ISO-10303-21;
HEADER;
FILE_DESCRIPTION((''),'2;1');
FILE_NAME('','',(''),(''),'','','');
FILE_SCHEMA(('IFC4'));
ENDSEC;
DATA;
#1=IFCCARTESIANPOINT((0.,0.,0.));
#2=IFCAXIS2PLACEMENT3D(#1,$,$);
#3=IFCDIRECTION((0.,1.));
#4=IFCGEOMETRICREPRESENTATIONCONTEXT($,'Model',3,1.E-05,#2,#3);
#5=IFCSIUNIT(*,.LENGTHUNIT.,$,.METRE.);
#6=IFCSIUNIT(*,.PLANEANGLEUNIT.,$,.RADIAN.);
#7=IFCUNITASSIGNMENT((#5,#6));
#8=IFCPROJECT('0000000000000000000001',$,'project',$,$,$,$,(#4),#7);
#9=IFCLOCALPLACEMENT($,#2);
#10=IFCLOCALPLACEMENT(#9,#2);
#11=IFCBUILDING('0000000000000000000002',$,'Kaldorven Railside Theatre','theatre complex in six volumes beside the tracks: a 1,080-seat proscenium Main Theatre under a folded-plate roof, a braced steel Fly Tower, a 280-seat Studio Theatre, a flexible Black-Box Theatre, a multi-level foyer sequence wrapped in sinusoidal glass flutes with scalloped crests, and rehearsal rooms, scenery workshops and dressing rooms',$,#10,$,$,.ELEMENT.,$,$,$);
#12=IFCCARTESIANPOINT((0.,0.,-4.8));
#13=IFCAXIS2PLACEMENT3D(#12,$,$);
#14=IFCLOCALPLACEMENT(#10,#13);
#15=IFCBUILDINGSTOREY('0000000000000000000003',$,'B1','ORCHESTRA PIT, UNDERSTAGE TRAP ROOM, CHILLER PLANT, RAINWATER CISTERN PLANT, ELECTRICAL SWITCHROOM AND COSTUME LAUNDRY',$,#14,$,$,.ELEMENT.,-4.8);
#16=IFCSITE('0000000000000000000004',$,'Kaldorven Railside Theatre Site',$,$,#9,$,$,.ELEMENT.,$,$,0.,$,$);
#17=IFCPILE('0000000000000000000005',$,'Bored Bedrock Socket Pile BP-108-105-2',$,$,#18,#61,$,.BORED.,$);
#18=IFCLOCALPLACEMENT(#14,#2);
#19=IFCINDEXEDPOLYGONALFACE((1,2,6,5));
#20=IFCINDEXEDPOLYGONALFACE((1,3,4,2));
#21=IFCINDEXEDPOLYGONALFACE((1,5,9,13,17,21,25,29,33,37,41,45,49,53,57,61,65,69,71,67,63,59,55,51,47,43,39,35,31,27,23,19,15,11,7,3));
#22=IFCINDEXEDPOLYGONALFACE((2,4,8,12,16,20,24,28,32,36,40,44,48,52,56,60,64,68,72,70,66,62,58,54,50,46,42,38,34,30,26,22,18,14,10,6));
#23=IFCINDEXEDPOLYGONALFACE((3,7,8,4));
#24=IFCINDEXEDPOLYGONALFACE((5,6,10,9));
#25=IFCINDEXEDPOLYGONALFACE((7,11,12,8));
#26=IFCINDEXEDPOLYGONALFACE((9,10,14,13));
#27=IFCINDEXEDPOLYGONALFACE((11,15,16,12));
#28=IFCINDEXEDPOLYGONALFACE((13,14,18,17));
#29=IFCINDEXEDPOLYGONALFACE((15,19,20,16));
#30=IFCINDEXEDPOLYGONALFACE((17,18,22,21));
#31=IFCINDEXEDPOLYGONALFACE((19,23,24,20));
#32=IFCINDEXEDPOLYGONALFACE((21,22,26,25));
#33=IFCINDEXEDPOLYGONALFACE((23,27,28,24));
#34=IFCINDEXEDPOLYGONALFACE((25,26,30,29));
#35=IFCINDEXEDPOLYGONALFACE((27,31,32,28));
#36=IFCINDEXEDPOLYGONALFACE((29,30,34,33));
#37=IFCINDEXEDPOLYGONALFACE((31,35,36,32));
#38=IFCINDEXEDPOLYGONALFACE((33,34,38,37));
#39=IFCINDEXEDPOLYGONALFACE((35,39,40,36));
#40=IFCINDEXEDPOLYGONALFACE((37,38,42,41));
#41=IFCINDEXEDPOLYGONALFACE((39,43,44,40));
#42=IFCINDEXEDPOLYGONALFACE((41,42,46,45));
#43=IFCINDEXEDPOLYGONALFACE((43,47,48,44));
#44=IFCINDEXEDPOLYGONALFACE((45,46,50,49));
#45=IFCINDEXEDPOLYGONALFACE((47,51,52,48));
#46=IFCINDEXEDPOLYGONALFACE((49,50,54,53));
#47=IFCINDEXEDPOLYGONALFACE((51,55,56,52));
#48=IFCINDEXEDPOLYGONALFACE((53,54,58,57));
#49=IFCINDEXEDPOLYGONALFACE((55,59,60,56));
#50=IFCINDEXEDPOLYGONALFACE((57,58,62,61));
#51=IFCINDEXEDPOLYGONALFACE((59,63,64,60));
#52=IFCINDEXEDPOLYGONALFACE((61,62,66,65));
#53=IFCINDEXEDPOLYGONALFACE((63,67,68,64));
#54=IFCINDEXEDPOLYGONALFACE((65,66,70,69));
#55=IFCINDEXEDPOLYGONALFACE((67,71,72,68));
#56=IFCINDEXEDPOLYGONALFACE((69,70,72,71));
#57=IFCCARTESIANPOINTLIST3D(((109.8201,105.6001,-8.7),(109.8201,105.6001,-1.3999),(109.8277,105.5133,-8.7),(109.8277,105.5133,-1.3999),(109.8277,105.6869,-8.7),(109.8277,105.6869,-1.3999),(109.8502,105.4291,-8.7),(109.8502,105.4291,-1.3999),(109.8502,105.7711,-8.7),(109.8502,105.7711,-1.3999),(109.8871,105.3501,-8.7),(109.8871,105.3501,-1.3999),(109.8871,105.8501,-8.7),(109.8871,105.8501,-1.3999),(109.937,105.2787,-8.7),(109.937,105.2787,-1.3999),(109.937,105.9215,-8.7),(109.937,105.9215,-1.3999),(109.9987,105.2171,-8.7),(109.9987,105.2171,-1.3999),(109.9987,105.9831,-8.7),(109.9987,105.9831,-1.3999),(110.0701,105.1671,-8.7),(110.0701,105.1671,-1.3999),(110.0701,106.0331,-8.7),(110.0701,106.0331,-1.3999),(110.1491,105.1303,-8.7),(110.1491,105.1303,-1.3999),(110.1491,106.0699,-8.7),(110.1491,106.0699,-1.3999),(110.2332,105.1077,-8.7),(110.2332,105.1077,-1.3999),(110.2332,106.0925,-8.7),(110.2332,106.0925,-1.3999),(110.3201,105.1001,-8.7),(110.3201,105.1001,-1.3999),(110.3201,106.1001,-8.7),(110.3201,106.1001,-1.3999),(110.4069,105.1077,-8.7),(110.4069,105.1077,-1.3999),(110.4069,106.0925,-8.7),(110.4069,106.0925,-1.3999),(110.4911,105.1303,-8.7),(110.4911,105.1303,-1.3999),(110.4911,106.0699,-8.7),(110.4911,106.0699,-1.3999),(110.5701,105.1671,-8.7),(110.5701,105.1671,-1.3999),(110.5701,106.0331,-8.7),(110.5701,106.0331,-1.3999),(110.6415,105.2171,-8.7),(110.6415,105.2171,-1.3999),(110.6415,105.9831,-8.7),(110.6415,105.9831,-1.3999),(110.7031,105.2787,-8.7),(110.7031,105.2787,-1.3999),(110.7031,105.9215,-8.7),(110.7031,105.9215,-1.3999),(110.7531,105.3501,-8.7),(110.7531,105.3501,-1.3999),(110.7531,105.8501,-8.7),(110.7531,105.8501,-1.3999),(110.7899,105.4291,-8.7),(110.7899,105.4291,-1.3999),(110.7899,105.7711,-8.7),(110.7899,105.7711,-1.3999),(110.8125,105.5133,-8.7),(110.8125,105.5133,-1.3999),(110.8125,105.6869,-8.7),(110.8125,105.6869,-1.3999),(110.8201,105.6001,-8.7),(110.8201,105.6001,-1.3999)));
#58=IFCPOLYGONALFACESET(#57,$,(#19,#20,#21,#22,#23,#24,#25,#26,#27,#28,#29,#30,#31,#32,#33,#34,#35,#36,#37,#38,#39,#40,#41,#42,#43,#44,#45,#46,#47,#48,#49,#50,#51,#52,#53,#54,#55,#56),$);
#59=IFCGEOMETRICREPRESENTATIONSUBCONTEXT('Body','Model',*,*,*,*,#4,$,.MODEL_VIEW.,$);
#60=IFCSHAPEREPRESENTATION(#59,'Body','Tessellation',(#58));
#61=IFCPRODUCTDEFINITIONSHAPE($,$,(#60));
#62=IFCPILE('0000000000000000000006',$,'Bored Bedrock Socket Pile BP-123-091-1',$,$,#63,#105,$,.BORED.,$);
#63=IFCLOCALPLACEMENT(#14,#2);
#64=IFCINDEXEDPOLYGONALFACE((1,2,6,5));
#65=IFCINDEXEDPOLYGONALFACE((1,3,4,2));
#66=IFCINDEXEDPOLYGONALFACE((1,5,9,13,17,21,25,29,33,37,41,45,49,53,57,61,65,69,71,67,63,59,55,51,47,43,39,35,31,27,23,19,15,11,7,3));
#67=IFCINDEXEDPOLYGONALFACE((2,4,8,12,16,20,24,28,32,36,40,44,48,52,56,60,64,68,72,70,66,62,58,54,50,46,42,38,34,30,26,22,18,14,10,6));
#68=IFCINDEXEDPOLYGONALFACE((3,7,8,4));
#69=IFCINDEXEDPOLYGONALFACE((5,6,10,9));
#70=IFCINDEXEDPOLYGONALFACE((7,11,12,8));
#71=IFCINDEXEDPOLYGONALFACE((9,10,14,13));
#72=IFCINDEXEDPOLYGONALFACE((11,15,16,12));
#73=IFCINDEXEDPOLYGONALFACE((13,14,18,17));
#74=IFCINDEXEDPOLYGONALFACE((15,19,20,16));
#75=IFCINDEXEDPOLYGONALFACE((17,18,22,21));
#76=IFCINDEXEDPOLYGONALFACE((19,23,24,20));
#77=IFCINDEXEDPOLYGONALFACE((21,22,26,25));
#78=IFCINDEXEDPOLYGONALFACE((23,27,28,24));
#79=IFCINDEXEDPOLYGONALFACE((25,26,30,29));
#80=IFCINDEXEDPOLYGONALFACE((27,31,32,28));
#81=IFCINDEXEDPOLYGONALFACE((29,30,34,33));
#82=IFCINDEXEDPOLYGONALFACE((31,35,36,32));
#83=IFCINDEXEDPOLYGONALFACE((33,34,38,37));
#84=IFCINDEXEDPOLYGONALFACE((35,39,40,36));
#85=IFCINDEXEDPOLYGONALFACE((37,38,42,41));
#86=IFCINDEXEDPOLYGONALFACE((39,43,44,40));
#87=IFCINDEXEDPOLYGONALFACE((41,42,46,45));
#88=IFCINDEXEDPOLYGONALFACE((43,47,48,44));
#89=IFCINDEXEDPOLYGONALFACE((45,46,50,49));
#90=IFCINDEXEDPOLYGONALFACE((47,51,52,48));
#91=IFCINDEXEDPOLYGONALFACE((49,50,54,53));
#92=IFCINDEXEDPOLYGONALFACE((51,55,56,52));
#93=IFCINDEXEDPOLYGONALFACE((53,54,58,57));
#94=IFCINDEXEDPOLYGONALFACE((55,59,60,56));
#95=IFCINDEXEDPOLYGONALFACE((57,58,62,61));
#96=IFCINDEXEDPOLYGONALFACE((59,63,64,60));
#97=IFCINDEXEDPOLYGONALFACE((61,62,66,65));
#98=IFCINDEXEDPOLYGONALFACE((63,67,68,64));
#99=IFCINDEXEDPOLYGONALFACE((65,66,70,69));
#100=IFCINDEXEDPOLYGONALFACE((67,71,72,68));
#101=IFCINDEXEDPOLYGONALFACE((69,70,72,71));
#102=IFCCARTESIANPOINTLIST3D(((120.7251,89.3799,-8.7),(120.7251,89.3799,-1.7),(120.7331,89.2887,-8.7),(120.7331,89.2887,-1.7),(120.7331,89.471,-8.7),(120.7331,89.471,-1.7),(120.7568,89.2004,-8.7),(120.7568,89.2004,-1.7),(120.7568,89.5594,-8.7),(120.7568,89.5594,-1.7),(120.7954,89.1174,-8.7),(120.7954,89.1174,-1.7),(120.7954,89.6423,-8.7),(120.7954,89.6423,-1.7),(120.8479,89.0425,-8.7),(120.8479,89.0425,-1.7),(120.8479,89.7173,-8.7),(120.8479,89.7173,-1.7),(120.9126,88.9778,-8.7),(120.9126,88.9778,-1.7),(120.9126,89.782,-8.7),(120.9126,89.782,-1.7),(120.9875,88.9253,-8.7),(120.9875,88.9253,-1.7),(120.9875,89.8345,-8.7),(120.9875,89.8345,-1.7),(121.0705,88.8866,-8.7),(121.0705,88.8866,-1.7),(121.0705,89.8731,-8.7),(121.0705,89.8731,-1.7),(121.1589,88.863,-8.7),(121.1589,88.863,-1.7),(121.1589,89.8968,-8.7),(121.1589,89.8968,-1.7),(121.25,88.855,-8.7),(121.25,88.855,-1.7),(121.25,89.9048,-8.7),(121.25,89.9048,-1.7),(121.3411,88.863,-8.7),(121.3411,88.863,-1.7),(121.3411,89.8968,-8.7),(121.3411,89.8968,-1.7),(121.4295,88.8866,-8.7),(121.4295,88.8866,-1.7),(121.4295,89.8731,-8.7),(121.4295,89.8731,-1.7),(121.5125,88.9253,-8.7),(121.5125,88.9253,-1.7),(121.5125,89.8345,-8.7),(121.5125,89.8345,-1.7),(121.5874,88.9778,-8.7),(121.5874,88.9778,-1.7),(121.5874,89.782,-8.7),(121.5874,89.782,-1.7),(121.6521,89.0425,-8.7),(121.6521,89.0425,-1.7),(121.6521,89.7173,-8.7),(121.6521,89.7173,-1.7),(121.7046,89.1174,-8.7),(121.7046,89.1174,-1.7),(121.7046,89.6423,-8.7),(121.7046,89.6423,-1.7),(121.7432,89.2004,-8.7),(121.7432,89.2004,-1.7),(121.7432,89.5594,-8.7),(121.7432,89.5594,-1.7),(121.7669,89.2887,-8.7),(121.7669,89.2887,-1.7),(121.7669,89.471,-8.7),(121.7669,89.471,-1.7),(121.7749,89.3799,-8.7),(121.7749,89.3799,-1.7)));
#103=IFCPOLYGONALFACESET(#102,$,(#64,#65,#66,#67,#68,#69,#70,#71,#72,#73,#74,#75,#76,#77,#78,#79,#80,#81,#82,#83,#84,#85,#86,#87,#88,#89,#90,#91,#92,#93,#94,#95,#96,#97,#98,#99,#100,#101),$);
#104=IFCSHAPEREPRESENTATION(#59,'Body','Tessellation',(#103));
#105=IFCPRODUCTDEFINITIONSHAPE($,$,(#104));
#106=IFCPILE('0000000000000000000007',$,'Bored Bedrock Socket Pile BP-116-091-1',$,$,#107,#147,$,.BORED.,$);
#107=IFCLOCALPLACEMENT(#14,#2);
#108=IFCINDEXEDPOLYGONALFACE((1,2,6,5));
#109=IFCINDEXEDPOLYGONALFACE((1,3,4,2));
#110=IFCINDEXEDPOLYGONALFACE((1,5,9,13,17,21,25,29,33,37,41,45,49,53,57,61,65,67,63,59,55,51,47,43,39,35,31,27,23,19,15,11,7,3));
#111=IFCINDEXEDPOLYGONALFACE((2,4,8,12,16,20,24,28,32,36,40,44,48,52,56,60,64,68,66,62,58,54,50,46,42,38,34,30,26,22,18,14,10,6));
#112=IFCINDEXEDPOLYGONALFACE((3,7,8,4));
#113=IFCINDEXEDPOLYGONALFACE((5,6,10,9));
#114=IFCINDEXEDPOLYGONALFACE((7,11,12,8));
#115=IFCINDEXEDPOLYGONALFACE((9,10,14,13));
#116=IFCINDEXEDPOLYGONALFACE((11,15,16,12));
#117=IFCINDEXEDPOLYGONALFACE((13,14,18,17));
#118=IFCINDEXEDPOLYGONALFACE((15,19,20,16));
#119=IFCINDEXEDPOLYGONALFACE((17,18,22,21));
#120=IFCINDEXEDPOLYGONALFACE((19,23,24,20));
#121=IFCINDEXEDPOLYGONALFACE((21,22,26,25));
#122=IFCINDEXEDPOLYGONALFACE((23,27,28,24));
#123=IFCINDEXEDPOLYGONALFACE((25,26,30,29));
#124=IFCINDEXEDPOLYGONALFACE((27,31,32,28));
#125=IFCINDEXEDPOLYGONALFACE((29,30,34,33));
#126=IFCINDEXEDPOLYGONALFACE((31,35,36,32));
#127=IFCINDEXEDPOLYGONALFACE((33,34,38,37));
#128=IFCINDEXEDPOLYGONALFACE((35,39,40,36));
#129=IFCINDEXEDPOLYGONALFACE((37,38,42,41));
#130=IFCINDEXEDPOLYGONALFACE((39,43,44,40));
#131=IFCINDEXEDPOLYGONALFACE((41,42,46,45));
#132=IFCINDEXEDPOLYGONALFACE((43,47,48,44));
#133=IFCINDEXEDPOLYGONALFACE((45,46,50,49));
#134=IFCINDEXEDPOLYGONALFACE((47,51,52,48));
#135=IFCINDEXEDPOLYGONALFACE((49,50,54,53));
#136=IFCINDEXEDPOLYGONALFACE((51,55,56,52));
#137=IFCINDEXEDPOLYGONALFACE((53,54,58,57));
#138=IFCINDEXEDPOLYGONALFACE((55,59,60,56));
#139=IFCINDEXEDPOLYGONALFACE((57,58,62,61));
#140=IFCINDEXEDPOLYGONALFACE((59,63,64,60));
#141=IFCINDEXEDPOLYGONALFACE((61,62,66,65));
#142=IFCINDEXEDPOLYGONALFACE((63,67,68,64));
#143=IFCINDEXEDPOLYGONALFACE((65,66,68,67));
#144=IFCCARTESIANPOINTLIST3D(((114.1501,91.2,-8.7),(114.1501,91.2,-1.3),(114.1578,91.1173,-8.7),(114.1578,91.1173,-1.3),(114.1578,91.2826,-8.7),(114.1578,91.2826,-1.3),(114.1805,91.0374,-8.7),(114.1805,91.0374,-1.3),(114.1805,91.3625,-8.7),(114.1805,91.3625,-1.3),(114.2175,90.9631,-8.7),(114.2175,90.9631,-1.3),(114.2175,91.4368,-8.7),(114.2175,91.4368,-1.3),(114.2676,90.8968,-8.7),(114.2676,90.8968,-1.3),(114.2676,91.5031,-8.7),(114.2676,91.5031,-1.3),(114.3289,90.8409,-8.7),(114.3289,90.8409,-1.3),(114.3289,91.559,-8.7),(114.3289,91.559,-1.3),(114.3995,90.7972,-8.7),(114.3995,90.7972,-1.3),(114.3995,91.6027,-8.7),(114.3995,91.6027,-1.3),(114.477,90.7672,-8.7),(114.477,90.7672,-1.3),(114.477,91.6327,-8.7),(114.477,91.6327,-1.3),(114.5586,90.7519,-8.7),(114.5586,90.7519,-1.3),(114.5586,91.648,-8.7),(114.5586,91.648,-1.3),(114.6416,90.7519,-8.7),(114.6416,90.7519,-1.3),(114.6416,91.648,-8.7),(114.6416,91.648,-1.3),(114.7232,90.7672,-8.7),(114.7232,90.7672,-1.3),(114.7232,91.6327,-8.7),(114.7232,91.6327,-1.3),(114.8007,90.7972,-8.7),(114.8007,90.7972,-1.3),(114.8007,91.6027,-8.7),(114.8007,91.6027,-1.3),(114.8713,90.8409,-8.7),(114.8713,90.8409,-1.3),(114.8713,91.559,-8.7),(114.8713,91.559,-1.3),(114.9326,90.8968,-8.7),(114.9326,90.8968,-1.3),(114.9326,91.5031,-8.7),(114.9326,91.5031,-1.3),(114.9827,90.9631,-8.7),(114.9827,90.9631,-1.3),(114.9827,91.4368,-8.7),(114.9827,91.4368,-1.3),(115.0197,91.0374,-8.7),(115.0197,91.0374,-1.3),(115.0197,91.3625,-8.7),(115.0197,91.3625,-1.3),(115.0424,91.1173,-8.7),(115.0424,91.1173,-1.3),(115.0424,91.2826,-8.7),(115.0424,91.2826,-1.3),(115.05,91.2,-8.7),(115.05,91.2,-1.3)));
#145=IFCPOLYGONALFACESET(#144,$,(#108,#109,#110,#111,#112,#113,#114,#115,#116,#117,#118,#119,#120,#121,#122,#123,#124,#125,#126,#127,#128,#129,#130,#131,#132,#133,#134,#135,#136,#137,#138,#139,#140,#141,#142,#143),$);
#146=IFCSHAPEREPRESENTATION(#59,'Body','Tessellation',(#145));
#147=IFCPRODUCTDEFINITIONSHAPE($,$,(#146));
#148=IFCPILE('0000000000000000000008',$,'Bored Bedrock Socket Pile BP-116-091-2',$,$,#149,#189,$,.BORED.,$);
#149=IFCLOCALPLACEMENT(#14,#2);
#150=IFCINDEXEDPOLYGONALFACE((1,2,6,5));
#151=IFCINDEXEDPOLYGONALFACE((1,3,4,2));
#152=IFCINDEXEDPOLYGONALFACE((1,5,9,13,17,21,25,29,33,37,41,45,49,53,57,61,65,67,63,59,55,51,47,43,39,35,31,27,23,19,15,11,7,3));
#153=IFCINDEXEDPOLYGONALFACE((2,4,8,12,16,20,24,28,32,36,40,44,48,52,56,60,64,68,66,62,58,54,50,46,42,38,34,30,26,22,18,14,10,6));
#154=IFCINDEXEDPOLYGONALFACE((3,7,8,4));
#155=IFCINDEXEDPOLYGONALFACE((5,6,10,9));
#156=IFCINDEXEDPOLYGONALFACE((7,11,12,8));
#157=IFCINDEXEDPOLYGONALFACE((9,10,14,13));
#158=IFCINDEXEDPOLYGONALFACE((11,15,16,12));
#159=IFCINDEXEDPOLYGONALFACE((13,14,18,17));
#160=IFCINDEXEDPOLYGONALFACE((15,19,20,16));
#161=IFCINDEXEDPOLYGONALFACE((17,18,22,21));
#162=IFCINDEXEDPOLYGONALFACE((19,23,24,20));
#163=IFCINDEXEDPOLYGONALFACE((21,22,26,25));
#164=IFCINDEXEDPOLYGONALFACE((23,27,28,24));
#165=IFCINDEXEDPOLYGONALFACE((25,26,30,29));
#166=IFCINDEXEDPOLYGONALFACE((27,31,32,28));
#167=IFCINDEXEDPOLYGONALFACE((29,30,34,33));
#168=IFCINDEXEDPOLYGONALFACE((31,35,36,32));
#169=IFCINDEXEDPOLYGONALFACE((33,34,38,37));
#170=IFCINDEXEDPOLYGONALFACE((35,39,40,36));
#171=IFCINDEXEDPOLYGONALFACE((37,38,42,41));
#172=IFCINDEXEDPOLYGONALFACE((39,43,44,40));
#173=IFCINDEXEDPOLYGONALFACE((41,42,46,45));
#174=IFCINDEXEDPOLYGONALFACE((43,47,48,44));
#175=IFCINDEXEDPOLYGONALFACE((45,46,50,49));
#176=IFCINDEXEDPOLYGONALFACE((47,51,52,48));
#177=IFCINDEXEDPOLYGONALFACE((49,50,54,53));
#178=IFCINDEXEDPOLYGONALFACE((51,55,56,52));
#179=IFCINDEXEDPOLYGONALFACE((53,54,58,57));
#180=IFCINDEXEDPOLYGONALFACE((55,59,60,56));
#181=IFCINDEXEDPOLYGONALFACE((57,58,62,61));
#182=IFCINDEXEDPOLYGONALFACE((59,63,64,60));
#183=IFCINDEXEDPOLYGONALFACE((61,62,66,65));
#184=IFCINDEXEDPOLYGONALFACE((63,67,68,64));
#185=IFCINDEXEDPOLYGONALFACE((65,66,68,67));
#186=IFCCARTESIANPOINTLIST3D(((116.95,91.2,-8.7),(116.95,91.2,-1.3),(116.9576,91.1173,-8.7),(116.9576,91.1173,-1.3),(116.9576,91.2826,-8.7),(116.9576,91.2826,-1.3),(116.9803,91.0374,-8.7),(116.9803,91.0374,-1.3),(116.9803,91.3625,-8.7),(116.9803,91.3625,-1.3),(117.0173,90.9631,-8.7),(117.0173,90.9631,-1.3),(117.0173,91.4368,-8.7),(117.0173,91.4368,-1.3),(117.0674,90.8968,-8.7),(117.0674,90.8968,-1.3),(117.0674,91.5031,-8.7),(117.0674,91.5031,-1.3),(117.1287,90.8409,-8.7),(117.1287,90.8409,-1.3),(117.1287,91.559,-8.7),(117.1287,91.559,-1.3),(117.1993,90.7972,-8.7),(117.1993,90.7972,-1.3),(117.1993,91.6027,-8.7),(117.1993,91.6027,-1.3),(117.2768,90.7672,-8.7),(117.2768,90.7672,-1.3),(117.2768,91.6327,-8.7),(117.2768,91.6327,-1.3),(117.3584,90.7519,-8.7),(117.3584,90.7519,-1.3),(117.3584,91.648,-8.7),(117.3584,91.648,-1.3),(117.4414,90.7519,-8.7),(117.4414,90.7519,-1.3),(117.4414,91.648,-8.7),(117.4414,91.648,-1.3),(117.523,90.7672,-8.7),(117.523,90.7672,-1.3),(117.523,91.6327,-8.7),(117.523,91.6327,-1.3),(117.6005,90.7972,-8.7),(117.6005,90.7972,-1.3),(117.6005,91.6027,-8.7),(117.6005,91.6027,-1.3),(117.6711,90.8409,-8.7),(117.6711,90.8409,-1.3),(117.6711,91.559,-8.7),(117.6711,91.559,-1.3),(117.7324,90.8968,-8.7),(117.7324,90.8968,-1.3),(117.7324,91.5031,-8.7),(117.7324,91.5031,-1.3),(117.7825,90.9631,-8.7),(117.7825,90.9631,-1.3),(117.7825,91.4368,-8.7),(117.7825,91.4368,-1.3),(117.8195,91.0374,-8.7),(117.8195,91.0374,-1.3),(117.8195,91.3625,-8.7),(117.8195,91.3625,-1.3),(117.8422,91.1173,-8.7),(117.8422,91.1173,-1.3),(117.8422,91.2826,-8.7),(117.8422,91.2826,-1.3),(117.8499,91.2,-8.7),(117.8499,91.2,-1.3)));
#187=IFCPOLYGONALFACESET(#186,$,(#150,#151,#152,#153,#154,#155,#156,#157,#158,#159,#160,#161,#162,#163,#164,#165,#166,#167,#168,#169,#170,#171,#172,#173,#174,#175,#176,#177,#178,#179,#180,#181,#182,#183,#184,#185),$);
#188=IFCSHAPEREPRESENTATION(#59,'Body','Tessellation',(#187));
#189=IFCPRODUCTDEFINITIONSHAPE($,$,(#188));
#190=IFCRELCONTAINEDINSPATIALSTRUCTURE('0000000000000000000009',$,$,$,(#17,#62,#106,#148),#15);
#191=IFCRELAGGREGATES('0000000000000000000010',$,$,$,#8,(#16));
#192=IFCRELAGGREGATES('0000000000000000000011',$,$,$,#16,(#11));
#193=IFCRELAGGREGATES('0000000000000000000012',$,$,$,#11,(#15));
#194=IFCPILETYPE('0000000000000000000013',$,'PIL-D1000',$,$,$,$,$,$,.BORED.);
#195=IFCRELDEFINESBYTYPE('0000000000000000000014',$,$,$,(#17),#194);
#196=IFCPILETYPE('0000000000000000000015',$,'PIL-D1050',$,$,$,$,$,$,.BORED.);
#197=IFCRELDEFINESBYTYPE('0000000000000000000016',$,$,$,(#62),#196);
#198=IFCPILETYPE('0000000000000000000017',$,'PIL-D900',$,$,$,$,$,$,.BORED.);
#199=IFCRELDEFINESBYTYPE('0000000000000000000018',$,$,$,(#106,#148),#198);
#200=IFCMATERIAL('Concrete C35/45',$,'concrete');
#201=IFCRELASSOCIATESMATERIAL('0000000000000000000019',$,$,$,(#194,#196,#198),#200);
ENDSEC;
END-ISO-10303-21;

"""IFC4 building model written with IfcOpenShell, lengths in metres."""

from ifc_helpers import new_model, si_unit, direction, frame, origin, origin_2d, place, context, subcontext, project, spatial, circle, extrude, material, material_profile, profile_set, type_object, element, save


model = new_model("IFC4")

# Units and contexts
model_context = context("Model", 3, precision=1e-05, world=origin(), true_north=direction((0.0, 1.0)))
body_context = subcontext(model_context, "Body", "Model", "MODEL_VIEW")
ifc_project = project(units=[si_unit("LENGTHUNIT", "METRE"), si_unit("PLANEANGLEUNIT", "RADIAN")], contexts=[model_context])

# Site, building, storey
site_placement = place(None, origin())
site = spatial("IfcSite", under=ifc_project, at=site_placement, Name="Kaldorven Railside Theatre Site", CompositionType="ELEMENT", RefElevation=0.0)
building_placement = place(site_placement, origin())
building = spatial("IfcBuilding", under=site, at=building_placement, Name="Kaldorven Railside Theatre", Description="theatre complex in six volumes beside the tracks: a 1,080-seat proscenium Main Theatre under a folded-plate roof, a braced steel Fly Tower, a 280-seat Studio Theatre, a flexible Black-Box Theatre, a multi-level foyer sequence wrapped in sinusoidal glass flutes with scalloped crests, and rehearsal rooms, scenery workshops and dressing rooms", CompositionType="ELEMENT")
storey_placement = place(building_placement, frame((0.0, 0.0, -4.8)))
storey = spatial("IfcBuildingStorey", under=building, at=storey_placement, Name="B1", Description="ORCHESTRA PIT, UNDERSTAGE TRAP ROOM, CHILLER PLANT, RAINWATER CISTERN PLANT, ELECTRICAL SWITCHROOM AND COSTUME LAUNDRY", CompositionType="ELEMENT", Elevation=-4.8)

# Piles
ifc_material_1 = material(Name="Concrete C35/45", Category="concrete")
ifc_material_profile_1 = material_profile(ifc_material_1, circle(Radius=0.5, at=origin_2d()), Name="BP D1000")
ifc_profile_set_1 = profile_set([ifc_material_profile_1], Name="Concrete C35/45")
pile_type_1 = type_object("IfcPileType", Name="PIL-D1000", PredefinedType="BORED", material=ifc_profile_set_1)
for number, where, z_axis, x_axis, name in (
    (1, (110.3201, 105.6001, -1.3999), (0.0, 0.0, -1.0), (1.0, 0.0, 0.0), "Bored Bedrock Socket Pile BP-108-105-2"),
):
    element("IfcPile", number, at=place(storey_placement, frame(where, z_axis=z_axis, x_axis=x_axis)), inside=storey, type_object=pile_type_1, Name=name, PredefinedType="BORED", context=body_context, shape_type="SweptSolid", body=[
        extrude(circle(Radius=0.5, at=origin_2d()), origin(), (0.0, 0.0, 1.0), 7.3),
    ])
ifc_material_profile_2 = material_profile(ifc_material_1, circle(Radius=0.5249, at=origin_2d()), Name="BP D1050")
ifc_profile_set_2 = profile_set([ifc_material_profile_2], Name="Concrete C35/45")
pile_type_2 = type_object("IfcPileType", Name="PIL-D1050", PredefinedType="BORED", material=ifc_profile_set_2)
pile_placement = place(storey_placement, frame((121.25, 89.3799, -1.7), z_axis=(0.0, 0.0, -1.0), x_axis=(1.0, 0.0, 0.0)))
element("IfcPile", 2, at=pile_placement, inside=storey, type_object=pile_type_2, Name="Bored Bedrock Socket Pile BP-123-091-1", PredefinedType="BORED", context=body_context, shape_type="SweptSolid", body=[
    extrude(circle(Radius=0.5249, at=origin_2d()), origin(), (0.0, 0.0, 1.0), 7.0),
])
ifc_material_profile_3 = material_profile(ifc_material_1, circle(Radius=0.45, at=origin_2d()), Name="BP D900")
ifc_profile_set_3 = profile_set([ifc_material_profile_3], Name="Concrete C35/45")
pile_type_3 = type_object("IfcPileType", Name="PIL-D900", PredefinedType="BORED", material=ifc_profile_set_3)
for number, where, z_axis, x_axis, name in (
    (3, (114.6001, 91.2, -1.3), (0.0, 0.0, -1.0), (1.0, 0.0, 0.0), "Bored Bedrock Socket Pile BP-116-091-1"),
    (4, (117.3999, 91.2, -1.3), (0.0, 0.0, -1.0), (1.0, 0.0, 0.0), "Bored Bedrock Socket Pile BP-116-091-2"),
):
    element("IfcPile", number, at=place(storey_placement, frame(where, z_axis=z_axis, x_axis=x_axis)), inside=storey, type_object=pile_type_3, Name=name, PredefinedType="BORED", context=body_context, shape_type="SweptSolid", body=[
        extrude(circle(Radius=0.45, at=origin_2d()), origin(), (0.0, 0.0, 1.0), 7.3999),
    ])

save(model, "model.ifc")
